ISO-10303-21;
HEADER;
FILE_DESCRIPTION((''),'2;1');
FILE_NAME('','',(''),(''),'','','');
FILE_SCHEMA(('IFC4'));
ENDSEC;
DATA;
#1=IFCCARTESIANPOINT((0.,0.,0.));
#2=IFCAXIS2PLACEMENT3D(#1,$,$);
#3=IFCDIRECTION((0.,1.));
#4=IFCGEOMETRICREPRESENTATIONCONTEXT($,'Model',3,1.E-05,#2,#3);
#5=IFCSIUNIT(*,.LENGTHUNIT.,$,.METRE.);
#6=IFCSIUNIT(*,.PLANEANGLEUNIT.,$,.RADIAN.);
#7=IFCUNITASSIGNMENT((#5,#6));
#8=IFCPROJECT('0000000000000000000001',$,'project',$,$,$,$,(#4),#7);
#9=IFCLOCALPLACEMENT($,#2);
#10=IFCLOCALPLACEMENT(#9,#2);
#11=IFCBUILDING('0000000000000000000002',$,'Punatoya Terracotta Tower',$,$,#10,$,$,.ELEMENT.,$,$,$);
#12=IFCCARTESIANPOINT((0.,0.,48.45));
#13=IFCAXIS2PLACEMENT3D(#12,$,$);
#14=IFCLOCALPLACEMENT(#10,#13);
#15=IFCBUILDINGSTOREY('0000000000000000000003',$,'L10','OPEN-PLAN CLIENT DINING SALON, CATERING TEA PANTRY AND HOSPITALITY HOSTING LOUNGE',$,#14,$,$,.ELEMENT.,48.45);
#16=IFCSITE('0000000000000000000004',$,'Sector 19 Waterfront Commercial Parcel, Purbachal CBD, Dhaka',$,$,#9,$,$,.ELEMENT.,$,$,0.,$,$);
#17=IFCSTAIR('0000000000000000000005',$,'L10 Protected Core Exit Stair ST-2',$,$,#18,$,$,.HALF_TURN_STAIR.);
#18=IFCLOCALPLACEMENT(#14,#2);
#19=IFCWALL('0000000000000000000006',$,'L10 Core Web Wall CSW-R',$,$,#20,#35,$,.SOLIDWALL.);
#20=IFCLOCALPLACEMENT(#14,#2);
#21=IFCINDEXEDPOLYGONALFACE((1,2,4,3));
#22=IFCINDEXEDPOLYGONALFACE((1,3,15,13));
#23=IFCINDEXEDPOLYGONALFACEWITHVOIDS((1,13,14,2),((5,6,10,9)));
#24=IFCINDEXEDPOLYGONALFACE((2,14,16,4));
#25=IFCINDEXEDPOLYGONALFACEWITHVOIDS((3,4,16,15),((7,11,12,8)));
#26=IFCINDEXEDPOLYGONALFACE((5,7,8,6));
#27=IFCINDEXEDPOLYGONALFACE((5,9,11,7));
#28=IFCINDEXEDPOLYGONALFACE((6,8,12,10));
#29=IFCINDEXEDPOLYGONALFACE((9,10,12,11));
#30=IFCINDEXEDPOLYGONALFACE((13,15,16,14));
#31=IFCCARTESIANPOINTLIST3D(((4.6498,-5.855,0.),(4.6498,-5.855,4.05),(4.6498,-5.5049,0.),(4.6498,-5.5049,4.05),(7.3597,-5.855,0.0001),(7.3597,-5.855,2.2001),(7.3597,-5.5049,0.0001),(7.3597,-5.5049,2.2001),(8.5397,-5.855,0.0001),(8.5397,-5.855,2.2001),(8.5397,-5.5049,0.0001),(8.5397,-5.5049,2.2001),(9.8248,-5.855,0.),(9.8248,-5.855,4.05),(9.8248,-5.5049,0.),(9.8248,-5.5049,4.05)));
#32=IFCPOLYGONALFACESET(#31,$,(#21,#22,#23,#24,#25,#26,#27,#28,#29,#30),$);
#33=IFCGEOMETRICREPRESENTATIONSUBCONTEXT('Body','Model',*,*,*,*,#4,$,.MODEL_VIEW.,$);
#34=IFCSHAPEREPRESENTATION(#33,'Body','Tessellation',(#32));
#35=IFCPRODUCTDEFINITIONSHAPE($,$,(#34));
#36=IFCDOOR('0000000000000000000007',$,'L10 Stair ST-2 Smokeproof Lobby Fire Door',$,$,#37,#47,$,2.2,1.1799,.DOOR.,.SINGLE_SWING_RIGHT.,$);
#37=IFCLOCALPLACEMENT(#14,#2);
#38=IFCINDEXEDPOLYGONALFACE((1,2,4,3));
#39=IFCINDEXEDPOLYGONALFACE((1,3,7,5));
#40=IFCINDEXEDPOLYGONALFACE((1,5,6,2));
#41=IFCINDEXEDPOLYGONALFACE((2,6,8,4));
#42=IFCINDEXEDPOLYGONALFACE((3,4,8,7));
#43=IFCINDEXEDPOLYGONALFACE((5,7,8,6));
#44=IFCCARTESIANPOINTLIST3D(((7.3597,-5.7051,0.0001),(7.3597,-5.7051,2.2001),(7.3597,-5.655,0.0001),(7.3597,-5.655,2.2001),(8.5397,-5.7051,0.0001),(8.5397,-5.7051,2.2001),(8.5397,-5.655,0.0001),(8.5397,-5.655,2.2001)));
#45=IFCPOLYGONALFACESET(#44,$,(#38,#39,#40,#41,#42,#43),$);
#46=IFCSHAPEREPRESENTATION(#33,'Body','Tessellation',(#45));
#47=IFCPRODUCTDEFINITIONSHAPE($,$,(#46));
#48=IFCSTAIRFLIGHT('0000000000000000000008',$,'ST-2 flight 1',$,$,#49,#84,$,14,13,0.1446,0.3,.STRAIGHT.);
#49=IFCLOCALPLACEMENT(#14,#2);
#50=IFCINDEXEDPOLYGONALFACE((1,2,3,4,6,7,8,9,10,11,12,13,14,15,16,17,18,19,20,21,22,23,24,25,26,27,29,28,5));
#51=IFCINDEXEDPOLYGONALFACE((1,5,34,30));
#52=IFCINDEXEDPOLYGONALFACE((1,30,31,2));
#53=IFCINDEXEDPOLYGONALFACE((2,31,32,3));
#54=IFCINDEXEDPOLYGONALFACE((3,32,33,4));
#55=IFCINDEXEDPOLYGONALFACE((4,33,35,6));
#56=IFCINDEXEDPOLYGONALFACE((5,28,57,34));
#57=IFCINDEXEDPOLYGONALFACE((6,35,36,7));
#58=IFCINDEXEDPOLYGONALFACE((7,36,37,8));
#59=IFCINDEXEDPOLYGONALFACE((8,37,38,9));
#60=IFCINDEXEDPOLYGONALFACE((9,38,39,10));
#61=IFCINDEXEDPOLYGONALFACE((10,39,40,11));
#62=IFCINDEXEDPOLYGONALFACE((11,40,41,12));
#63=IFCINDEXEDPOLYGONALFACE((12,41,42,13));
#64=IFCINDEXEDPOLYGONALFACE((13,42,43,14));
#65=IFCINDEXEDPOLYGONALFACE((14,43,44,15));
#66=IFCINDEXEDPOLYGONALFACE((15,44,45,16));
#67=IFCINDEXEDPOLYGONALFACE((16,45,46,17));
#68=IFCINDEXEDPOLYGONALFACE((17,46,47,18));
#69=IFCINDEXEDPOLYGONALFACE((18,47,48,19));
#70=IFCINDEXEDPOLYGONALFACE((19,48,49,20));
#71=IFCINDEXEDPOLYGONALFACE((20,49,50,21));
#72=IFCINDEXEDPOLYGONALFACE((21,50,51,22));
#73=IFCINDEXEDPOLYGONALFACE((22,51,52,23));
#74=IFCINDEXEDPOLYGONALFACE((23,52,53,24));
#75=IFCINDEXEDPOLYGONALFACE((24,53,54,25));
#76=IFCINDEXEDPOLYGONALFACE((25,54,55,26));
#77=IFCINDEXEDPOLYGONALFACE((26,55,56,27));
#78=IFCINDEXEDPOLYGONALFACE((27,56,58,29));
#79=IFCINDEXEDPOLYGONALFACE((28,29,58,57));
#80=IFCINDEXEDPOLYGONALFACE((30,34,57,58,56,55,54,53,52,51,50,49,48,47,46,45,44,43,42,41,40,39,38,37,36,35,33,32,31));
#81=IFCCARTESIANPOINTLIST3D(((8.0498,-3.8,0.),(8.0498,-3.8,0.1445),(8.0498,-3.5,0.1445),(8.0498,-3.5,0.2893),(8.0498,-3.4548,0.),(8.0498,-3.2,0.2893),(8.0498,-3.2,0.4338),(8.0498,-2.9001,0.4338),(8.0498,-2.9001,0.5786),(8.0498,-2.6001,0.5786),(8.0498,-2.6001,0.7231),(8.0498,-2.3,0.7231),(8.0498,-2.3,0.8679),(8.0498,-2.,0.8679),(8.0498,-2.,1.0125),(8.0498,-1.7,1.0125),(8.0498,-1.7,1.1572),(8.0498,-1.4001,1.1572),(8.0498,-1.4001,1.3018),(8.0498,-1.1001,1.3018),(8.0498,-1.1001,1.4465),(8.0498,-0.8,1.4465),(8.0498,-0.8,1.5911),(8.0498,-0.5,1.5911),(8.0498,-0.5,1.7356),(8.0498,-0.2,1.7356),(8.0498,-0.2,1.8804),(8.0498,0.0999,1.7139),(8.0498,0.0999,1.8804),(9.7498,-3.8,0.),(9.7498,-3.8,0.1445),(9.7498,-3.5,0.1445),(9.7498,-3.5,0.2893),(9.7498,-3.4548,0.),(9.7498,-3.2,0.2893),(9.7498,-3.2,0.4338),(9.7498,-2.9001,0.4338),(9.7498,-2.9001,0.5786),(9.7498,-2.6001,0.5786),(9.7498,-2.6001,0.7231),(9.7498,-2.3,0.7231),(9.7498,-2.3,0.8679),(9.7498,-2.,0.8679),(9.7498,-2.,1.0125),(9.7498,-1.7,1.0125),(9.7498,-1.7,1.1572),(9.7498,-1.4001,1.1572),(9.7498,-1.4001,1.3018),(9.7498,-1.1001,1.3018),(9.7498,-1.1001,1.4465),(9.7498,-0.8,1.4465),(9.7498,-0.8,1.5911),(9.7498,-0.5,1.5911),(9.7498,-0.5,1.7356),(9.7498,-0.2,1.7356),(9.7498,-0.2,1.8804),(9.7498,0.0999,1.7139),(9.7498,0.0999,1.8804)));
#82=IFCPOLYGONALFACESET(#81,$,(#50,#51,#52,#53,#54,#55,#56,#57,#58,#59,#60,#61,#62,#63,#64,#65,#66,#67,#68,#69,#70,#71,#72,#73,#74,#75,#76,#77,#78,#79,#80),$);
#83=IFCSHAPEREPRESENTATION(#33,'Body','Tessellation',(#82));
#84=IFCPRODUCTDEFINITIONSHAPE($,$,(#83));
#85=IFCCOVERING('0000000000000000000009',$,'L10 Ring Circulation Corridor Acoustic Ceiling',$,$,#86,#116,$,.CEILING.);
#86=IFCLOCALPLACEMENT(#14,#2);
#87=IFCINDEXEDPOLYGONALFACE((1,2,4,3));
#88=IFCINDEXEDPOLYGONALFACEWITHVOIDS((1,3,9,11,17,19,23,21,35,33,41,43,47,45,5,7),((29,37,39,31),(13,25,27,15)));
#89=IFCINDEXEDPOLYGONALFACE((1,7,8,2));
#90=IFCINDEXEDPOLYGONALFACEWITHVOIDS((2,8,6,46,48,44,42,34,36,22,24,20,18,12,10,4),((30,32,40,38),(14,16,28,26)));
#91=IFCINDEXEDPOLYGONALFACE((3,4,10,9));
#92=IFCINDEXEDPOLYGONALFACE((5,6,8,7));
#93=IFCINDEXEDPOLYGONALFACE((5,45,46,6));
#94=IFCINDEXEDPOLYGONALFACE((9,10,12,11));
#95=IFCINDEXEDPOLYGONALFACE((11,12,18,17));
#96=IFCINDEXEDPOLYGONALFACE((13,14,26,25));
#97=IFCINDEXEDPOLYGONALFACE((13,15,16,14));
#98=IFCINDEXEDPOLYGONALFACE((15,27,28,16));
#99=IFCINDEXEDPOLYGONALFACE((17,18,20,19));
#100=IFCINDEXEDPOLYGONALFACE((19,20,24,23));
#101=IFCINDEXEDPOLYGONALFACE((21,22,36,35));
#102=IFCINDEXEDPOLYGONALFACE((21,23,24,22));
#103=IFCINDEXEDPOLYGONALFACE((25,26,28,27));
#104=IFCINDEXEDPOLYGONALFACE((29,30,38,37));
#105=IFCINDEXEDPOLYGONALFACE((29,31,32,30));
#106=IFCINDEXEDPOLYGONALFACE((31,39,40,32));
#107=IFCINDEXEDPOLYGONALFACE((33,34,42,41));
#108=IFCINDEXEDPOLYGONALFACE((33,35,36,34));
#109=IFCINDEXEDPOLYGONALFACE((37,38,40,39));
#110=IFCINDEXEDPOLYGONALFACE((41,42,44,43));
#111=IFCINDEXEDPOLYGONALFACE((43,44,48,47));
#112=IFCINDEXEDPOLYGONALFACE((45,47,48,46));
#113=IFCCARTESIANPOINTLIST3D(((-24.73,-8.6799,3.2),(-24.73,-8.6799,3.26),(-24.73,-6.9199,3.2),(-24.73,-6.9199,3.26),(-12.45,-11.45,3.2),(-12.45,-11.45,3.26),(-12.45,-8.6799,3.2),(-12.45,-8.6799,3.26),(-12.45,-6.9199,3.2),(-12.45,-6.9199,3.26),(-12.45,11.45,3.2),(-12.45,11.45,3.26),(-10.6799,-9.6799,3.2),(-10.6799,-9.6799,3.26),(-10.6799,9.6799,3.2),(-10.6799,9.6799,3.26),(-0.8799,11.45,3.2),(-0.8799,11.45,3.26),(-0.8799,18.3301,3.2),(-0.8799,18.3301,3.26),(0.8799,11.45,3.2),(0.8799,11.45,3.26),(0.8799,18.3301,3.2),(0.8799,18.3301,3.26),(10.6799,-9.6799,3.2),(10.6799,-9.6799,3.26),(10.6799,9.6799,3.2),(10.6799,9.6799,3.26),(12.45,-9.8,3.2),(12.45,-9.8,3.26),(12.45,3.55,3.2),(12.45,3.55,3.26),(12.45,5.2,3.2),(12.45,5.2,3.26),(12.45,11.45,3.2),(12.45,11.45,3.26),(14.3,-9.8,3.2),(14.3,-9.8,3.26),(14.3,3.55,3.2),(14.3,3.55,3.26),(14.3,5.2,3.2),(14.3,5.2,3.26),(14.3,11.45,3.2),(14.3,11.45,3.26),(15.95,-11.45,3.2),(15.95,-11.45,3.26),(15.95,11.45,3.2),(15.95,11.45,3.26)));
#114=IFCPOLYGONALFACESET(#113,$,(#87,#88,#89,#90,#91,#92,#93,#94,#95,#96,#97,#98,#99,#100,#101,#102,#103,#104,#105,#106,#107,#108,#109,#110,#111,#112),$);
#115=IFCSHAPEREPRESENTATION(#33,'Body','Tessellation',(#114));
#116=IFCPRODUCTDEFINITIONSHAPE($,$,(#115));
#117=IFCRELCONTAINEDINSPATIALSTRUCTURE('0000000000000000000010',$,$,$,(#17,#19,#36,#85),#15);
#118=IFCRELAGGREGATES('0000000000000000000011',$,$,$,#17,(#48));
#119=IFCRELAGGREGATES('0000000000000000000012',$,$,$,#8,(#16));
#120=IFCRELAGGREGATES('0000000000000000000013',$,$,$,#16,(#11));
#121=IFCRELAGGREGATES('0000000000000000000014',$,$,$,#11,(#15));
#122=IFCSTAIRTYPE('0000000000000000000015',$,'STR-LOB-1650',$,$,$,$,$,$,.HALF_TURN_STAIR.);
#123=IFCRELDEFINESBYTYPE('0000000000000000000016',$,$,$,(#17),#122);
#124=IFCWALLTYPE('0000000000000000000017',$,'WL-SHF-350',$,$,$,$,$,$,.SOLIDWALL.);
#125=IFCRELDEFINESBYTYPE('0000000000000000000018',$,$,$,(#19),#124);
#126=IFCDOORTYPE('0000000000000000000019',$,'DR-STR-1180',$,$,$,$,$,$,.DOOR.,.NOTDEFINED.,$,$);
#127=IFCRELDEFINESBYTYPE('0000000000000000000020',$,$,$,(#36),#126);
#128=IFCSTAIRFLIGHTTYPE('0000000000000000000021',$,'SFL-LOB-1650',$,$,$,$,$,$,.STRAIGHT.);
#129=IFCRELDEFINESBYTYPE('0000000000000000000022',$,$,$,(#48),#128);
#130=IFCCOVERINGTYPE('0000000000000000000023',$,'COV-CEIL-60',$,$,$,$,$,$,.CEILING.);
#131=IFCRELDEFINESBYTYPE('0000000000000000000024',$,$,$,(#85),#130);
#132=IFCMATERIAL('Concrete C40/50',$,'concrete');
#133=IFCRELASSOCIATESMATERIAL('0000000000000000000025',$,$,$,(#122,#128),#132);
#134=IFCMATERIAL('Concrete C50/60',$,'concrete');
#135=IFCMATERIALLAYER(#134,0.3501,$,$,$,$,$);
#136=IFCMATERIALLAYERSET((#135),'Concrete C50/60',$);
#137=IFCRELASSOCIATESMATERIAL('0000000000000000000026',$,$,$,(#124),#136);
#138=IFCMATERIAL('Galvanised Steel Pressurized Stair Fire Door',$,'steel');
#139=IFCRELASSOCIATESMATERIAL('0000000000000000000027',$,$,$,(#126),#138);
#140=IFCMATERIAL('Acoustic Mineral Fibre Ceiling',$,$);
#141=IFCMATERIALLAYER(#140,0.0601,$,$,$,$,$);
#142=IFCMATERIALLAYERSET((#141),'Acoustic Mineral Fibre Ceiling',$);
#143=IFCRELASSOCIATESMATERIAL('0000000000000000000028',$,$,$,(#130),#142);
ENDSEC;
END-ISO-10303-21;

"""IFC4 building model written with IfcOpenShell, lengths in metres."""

from ifc_helpers import new_model, si_unit, direction, frame, frame_2d, origin, place, context, subcontext, project, spatial, polyline, rectangle, outline, extrude, material, layer, layer_set, type_object, element, fill, aggregate, save


model = new_model("IFC4")

# Units and contexts
model_context = context("Model", 3, precision=1e-05, world=origin(), true_north=direction((0.0, 1.0)))
body_context = subcontext(model_context, "Body", "Model", "MODEL_VIEW")
ifc_project = project(units=[si_unit("LENGTHUNIT", "METRE"), si_unit("PLANEANGLEUNIT", "RADIAN")], contexts=[model_context])

# Site, building, storey
site_placement = place(None, origin())
site = spatial("IfcSite", under=ifc_project, at=site_placement, Name="Sector 19 Waterfront Commercial Parcel, Purbachal CBD, Dhaka", CompositionType="ELEMENT", RefElevation=0.0)
building_placement = place(site_placement, origin())
building = spatial("IfcBuilding", under=site, at=building_placement, Name="Punatoya Terracotta Tower", CompositionType="ELEMENT")
storey_placement = place(building_placement, frame((0.0, 0.0, 48.45)))
storey = spatial("IfcBuildingStorey", under=building, at=storey_placement, Name="L10", Description="OPEN-PLAN CLIENT DINING SALON, CATERING TEA PANTRY AND HOSPITALITY HOSTING LOUNGE", CompositionType="ELEMENT", Elevation=48.45)

# Stair
ifc_material_1 = material(Name="Concrete C40/50", Category="concrete")
stair_type_1 = type_object("IfcStairType", Name="STR-LOB-1650", PredefinedType="HALF_TURN_STAIR", material=ifc_material_1)
stair_1_placement = place(storey_placement, origin())
stair_1 = element("IfcStair", 1, at=stair_1_placement, inside=storey, type_object=stair_type_1, Name="L10 Protected Core Exit Stair ST-2", PredefinedType="HALF_TURN_STAIR")

# Wall, opening, door
ifc_material_2 = material(Name="Concrete C50/60", Category="concrete")
ifc_layer_1 = layer(ifc_material_2, 0.3501)
ifc_layer_set_1 = layer_set([ifc_layer_1], Name="Concrete C50/60")
wall_type_1 = type_object("IfcWallType", Name="WL-SHF-350", PredefinedType="SOLIDWALL", material=ifc_layer_set_1)
wall_1_placement = place(storey_placement, frame((4.6499, -5.6799, 0.0), z_axis=(0.0, 0.0, 1.0), x_axis=(1.0, 0.0, 0.0)))
wall_1 = element("IfcWall", 2, at=wall_1_placement, inside=storey, type_object=wall_type_1, Name="L10 Core Web Wall CSW-R", PredefinedType="SOLIDWALL", context=body_context, shape_type="SweptSolid", body=[
    extrude(rectangle(XDim=5.175, YDim=0.3501, at=frame_2d((2.5874, 0.0))), origin(), (0.0, 0.0, 1.0), 4.05),
])
opening_1_placement = place(wall_1_placement, frame((2.71, 0.0, 0.0)))
opening_1 = element("IfcOpeningElement", 3, at=opening_1_placement, cuts=wall_1, PredefinedType="OPENING", context=body_context, shape_type="SweptSolid", body=[
    extrude(rectangle(XDim=1.1799, YDim=2.2, at=frame_2d((0.5898, 1.1001))), frame((0.0, 0.1851, 0.0), z_axis=(0.0, -1.0, 0.0), x_axis=(1.0, 0.0, 0.0)), (0.0, 0.0, 1.0), 0.3701),
])
ifc_material_3 = material(Name="Galvanised Steel Pressurized Stair Fire Door", Category="steel")
door_type_1 = type_object("IfcDoorType", Name="DR-STR-1180", OperationType="NOTDEFINED", PredefinedType="DOOR", material=ifc_material_3)
door_1_placement = place(opening_1_placement, origin())
door_1 = element("IfcDoor", 4, at=door_1_placement, inside=storey, type_object=door_type_1, Name="L10 Stair ST-2 Smokeproof Lobby Fire Door", OperationType="SINGLE_SWING_RIGHT", OverallHeight=2.2, OverallWidth=1.1799, PredefinedType="DOOR", context=body_context, shape_type="SweptSolid", body=[
    extrude(rectangle(XDim=1.1799, YDim=2.2, at=frame_2d((0.5898, 1.1001))), frame((0.0, 0.0249, 0.0), z_axis=(0.0, -1.0, 0.0), x_axis=(1.0, 0.0, 0.0)), (0.0, 0.0, 1.0), 0.05),
])
fill(opening_1, door_1)

# Stair flight
stair_flight_type = type_object("IfcStairFlightType", Name="SFL-LOB-1650", PredefinedType="STRAIGHT", material=ifc_material_1)
stair_flight_placement = place(storey_placement, frame((8.8999, -3.8, 0.0), z_axis=(0.0, 0.0, 1.0), x_axis=(0.0, 1.0, 0.0)))
stair_flight = element("IfcStairFlight", 5, at=stair_flight_placement, type_object=stair_flight_type, Name="ST-2 flight 1", NumberOfRisers=14, NumberOfTreads=13, PredefinedType="STRAIGHT", RiserHeight=0.1446, TreadLength=0.3, context=body_context, shape_type="SweptSolid", body=[
    extrude(outline(polyline([(0.0, 0.0), (0.0, 0.1445), (0.3, 0.1445), (0.3, 0.2893), (0.6001, 0.2893), (0.6001, 0.4338), (0.8999, 0.4338), (0.8999, 0.5786), (1.2, 0.5786), (1.2, 0.7231), (1.5, 0.7231), (1.5, 0.8679), (1.8, 0.8679), (1.8, 1.0125), (2.1001, 1.0125), (2.1001, 1.1572), (2.3999, 1.1572), (2.3999, 1.3018), (2.7, 1.3018), (2.7, 1.4465), (3.0, 1.4465), (3.0, 1.5911), (3.3, 1.5911), (3.3, 1.7356), (3.6001, 1.7356), (3.6001, 1.8804), (3.8999, 1.8804), (3.8999, 2.0249), (3.8999, 1.7139), (0.3452, 0.0), (0.0, 0.0)])), frame((0.0, 0.8501, 0.0), z_axis=(0.0, -1.0, 0.0), x_axis=(1.0, 0.0, 0.0)), (0.0, 0.0, 1.0), 1.7),
])
aggregate(stair_1, [stair_flight])

# Covering
ifc_material_4 = material(Name="Acoustic Mineral Fibre Ceiling")
ifc_layer_2 = layer(ifc_material_4, 0.0601)
ifc_layer_set_2 = layer_set([ifc_layer_2], Name="Acoustic Mineral Fibre Ceiling")
covering_type = type_object("IfcCoveringType", Name="COV-CEIL-60", PredefinedType="CEILING", material=ifc_layer_set_2)
covering_placement = place(storey_placement, frame((0.0, 0.0, 3.2)))
element("IfcCovering", 6, at=covering_placement, inside=storey, type_object=covering_type, Name="L10 Ring Circulation Corridor Acoustic Ceiling", PredefinedType="CEILING", context=body_context, shape_type="SweptSolid", body=[
    extrude(outline(polyline([(-12.45, -6.9199), (-24.73, -6.9199), (-24.73, -8.6799), (-12.45, -8.6799), (-12.45, -11.45), (15.95, -11.45), (15.95, 11.45), (14.3, 11.45), (14.3, 5.2), (12.45, 5.2), (12.45, 11.45), (0.8799, 11.45), (0.8799, 18.3301), (-0.8799, 18.3301), (-0.8799, 11.45), (-12.45, 11.45), (-12.45, -6.9199)]), holes=[polyline([(14.3, -9.8), (12.45, -9.8), (12.45, 3.55), (14.3, 3.55), (14.3, -9.8)]), polyline([(10.6799, 9.6799), (10.6799, -9.6799), (-10.6799, -9.6799), (-10.6799, 9.6799), (10.6799, 9.6799)])]), origin(), (0.0, 0.0, 1.0), 0.0601),
])

save(model, "model.ifc")
